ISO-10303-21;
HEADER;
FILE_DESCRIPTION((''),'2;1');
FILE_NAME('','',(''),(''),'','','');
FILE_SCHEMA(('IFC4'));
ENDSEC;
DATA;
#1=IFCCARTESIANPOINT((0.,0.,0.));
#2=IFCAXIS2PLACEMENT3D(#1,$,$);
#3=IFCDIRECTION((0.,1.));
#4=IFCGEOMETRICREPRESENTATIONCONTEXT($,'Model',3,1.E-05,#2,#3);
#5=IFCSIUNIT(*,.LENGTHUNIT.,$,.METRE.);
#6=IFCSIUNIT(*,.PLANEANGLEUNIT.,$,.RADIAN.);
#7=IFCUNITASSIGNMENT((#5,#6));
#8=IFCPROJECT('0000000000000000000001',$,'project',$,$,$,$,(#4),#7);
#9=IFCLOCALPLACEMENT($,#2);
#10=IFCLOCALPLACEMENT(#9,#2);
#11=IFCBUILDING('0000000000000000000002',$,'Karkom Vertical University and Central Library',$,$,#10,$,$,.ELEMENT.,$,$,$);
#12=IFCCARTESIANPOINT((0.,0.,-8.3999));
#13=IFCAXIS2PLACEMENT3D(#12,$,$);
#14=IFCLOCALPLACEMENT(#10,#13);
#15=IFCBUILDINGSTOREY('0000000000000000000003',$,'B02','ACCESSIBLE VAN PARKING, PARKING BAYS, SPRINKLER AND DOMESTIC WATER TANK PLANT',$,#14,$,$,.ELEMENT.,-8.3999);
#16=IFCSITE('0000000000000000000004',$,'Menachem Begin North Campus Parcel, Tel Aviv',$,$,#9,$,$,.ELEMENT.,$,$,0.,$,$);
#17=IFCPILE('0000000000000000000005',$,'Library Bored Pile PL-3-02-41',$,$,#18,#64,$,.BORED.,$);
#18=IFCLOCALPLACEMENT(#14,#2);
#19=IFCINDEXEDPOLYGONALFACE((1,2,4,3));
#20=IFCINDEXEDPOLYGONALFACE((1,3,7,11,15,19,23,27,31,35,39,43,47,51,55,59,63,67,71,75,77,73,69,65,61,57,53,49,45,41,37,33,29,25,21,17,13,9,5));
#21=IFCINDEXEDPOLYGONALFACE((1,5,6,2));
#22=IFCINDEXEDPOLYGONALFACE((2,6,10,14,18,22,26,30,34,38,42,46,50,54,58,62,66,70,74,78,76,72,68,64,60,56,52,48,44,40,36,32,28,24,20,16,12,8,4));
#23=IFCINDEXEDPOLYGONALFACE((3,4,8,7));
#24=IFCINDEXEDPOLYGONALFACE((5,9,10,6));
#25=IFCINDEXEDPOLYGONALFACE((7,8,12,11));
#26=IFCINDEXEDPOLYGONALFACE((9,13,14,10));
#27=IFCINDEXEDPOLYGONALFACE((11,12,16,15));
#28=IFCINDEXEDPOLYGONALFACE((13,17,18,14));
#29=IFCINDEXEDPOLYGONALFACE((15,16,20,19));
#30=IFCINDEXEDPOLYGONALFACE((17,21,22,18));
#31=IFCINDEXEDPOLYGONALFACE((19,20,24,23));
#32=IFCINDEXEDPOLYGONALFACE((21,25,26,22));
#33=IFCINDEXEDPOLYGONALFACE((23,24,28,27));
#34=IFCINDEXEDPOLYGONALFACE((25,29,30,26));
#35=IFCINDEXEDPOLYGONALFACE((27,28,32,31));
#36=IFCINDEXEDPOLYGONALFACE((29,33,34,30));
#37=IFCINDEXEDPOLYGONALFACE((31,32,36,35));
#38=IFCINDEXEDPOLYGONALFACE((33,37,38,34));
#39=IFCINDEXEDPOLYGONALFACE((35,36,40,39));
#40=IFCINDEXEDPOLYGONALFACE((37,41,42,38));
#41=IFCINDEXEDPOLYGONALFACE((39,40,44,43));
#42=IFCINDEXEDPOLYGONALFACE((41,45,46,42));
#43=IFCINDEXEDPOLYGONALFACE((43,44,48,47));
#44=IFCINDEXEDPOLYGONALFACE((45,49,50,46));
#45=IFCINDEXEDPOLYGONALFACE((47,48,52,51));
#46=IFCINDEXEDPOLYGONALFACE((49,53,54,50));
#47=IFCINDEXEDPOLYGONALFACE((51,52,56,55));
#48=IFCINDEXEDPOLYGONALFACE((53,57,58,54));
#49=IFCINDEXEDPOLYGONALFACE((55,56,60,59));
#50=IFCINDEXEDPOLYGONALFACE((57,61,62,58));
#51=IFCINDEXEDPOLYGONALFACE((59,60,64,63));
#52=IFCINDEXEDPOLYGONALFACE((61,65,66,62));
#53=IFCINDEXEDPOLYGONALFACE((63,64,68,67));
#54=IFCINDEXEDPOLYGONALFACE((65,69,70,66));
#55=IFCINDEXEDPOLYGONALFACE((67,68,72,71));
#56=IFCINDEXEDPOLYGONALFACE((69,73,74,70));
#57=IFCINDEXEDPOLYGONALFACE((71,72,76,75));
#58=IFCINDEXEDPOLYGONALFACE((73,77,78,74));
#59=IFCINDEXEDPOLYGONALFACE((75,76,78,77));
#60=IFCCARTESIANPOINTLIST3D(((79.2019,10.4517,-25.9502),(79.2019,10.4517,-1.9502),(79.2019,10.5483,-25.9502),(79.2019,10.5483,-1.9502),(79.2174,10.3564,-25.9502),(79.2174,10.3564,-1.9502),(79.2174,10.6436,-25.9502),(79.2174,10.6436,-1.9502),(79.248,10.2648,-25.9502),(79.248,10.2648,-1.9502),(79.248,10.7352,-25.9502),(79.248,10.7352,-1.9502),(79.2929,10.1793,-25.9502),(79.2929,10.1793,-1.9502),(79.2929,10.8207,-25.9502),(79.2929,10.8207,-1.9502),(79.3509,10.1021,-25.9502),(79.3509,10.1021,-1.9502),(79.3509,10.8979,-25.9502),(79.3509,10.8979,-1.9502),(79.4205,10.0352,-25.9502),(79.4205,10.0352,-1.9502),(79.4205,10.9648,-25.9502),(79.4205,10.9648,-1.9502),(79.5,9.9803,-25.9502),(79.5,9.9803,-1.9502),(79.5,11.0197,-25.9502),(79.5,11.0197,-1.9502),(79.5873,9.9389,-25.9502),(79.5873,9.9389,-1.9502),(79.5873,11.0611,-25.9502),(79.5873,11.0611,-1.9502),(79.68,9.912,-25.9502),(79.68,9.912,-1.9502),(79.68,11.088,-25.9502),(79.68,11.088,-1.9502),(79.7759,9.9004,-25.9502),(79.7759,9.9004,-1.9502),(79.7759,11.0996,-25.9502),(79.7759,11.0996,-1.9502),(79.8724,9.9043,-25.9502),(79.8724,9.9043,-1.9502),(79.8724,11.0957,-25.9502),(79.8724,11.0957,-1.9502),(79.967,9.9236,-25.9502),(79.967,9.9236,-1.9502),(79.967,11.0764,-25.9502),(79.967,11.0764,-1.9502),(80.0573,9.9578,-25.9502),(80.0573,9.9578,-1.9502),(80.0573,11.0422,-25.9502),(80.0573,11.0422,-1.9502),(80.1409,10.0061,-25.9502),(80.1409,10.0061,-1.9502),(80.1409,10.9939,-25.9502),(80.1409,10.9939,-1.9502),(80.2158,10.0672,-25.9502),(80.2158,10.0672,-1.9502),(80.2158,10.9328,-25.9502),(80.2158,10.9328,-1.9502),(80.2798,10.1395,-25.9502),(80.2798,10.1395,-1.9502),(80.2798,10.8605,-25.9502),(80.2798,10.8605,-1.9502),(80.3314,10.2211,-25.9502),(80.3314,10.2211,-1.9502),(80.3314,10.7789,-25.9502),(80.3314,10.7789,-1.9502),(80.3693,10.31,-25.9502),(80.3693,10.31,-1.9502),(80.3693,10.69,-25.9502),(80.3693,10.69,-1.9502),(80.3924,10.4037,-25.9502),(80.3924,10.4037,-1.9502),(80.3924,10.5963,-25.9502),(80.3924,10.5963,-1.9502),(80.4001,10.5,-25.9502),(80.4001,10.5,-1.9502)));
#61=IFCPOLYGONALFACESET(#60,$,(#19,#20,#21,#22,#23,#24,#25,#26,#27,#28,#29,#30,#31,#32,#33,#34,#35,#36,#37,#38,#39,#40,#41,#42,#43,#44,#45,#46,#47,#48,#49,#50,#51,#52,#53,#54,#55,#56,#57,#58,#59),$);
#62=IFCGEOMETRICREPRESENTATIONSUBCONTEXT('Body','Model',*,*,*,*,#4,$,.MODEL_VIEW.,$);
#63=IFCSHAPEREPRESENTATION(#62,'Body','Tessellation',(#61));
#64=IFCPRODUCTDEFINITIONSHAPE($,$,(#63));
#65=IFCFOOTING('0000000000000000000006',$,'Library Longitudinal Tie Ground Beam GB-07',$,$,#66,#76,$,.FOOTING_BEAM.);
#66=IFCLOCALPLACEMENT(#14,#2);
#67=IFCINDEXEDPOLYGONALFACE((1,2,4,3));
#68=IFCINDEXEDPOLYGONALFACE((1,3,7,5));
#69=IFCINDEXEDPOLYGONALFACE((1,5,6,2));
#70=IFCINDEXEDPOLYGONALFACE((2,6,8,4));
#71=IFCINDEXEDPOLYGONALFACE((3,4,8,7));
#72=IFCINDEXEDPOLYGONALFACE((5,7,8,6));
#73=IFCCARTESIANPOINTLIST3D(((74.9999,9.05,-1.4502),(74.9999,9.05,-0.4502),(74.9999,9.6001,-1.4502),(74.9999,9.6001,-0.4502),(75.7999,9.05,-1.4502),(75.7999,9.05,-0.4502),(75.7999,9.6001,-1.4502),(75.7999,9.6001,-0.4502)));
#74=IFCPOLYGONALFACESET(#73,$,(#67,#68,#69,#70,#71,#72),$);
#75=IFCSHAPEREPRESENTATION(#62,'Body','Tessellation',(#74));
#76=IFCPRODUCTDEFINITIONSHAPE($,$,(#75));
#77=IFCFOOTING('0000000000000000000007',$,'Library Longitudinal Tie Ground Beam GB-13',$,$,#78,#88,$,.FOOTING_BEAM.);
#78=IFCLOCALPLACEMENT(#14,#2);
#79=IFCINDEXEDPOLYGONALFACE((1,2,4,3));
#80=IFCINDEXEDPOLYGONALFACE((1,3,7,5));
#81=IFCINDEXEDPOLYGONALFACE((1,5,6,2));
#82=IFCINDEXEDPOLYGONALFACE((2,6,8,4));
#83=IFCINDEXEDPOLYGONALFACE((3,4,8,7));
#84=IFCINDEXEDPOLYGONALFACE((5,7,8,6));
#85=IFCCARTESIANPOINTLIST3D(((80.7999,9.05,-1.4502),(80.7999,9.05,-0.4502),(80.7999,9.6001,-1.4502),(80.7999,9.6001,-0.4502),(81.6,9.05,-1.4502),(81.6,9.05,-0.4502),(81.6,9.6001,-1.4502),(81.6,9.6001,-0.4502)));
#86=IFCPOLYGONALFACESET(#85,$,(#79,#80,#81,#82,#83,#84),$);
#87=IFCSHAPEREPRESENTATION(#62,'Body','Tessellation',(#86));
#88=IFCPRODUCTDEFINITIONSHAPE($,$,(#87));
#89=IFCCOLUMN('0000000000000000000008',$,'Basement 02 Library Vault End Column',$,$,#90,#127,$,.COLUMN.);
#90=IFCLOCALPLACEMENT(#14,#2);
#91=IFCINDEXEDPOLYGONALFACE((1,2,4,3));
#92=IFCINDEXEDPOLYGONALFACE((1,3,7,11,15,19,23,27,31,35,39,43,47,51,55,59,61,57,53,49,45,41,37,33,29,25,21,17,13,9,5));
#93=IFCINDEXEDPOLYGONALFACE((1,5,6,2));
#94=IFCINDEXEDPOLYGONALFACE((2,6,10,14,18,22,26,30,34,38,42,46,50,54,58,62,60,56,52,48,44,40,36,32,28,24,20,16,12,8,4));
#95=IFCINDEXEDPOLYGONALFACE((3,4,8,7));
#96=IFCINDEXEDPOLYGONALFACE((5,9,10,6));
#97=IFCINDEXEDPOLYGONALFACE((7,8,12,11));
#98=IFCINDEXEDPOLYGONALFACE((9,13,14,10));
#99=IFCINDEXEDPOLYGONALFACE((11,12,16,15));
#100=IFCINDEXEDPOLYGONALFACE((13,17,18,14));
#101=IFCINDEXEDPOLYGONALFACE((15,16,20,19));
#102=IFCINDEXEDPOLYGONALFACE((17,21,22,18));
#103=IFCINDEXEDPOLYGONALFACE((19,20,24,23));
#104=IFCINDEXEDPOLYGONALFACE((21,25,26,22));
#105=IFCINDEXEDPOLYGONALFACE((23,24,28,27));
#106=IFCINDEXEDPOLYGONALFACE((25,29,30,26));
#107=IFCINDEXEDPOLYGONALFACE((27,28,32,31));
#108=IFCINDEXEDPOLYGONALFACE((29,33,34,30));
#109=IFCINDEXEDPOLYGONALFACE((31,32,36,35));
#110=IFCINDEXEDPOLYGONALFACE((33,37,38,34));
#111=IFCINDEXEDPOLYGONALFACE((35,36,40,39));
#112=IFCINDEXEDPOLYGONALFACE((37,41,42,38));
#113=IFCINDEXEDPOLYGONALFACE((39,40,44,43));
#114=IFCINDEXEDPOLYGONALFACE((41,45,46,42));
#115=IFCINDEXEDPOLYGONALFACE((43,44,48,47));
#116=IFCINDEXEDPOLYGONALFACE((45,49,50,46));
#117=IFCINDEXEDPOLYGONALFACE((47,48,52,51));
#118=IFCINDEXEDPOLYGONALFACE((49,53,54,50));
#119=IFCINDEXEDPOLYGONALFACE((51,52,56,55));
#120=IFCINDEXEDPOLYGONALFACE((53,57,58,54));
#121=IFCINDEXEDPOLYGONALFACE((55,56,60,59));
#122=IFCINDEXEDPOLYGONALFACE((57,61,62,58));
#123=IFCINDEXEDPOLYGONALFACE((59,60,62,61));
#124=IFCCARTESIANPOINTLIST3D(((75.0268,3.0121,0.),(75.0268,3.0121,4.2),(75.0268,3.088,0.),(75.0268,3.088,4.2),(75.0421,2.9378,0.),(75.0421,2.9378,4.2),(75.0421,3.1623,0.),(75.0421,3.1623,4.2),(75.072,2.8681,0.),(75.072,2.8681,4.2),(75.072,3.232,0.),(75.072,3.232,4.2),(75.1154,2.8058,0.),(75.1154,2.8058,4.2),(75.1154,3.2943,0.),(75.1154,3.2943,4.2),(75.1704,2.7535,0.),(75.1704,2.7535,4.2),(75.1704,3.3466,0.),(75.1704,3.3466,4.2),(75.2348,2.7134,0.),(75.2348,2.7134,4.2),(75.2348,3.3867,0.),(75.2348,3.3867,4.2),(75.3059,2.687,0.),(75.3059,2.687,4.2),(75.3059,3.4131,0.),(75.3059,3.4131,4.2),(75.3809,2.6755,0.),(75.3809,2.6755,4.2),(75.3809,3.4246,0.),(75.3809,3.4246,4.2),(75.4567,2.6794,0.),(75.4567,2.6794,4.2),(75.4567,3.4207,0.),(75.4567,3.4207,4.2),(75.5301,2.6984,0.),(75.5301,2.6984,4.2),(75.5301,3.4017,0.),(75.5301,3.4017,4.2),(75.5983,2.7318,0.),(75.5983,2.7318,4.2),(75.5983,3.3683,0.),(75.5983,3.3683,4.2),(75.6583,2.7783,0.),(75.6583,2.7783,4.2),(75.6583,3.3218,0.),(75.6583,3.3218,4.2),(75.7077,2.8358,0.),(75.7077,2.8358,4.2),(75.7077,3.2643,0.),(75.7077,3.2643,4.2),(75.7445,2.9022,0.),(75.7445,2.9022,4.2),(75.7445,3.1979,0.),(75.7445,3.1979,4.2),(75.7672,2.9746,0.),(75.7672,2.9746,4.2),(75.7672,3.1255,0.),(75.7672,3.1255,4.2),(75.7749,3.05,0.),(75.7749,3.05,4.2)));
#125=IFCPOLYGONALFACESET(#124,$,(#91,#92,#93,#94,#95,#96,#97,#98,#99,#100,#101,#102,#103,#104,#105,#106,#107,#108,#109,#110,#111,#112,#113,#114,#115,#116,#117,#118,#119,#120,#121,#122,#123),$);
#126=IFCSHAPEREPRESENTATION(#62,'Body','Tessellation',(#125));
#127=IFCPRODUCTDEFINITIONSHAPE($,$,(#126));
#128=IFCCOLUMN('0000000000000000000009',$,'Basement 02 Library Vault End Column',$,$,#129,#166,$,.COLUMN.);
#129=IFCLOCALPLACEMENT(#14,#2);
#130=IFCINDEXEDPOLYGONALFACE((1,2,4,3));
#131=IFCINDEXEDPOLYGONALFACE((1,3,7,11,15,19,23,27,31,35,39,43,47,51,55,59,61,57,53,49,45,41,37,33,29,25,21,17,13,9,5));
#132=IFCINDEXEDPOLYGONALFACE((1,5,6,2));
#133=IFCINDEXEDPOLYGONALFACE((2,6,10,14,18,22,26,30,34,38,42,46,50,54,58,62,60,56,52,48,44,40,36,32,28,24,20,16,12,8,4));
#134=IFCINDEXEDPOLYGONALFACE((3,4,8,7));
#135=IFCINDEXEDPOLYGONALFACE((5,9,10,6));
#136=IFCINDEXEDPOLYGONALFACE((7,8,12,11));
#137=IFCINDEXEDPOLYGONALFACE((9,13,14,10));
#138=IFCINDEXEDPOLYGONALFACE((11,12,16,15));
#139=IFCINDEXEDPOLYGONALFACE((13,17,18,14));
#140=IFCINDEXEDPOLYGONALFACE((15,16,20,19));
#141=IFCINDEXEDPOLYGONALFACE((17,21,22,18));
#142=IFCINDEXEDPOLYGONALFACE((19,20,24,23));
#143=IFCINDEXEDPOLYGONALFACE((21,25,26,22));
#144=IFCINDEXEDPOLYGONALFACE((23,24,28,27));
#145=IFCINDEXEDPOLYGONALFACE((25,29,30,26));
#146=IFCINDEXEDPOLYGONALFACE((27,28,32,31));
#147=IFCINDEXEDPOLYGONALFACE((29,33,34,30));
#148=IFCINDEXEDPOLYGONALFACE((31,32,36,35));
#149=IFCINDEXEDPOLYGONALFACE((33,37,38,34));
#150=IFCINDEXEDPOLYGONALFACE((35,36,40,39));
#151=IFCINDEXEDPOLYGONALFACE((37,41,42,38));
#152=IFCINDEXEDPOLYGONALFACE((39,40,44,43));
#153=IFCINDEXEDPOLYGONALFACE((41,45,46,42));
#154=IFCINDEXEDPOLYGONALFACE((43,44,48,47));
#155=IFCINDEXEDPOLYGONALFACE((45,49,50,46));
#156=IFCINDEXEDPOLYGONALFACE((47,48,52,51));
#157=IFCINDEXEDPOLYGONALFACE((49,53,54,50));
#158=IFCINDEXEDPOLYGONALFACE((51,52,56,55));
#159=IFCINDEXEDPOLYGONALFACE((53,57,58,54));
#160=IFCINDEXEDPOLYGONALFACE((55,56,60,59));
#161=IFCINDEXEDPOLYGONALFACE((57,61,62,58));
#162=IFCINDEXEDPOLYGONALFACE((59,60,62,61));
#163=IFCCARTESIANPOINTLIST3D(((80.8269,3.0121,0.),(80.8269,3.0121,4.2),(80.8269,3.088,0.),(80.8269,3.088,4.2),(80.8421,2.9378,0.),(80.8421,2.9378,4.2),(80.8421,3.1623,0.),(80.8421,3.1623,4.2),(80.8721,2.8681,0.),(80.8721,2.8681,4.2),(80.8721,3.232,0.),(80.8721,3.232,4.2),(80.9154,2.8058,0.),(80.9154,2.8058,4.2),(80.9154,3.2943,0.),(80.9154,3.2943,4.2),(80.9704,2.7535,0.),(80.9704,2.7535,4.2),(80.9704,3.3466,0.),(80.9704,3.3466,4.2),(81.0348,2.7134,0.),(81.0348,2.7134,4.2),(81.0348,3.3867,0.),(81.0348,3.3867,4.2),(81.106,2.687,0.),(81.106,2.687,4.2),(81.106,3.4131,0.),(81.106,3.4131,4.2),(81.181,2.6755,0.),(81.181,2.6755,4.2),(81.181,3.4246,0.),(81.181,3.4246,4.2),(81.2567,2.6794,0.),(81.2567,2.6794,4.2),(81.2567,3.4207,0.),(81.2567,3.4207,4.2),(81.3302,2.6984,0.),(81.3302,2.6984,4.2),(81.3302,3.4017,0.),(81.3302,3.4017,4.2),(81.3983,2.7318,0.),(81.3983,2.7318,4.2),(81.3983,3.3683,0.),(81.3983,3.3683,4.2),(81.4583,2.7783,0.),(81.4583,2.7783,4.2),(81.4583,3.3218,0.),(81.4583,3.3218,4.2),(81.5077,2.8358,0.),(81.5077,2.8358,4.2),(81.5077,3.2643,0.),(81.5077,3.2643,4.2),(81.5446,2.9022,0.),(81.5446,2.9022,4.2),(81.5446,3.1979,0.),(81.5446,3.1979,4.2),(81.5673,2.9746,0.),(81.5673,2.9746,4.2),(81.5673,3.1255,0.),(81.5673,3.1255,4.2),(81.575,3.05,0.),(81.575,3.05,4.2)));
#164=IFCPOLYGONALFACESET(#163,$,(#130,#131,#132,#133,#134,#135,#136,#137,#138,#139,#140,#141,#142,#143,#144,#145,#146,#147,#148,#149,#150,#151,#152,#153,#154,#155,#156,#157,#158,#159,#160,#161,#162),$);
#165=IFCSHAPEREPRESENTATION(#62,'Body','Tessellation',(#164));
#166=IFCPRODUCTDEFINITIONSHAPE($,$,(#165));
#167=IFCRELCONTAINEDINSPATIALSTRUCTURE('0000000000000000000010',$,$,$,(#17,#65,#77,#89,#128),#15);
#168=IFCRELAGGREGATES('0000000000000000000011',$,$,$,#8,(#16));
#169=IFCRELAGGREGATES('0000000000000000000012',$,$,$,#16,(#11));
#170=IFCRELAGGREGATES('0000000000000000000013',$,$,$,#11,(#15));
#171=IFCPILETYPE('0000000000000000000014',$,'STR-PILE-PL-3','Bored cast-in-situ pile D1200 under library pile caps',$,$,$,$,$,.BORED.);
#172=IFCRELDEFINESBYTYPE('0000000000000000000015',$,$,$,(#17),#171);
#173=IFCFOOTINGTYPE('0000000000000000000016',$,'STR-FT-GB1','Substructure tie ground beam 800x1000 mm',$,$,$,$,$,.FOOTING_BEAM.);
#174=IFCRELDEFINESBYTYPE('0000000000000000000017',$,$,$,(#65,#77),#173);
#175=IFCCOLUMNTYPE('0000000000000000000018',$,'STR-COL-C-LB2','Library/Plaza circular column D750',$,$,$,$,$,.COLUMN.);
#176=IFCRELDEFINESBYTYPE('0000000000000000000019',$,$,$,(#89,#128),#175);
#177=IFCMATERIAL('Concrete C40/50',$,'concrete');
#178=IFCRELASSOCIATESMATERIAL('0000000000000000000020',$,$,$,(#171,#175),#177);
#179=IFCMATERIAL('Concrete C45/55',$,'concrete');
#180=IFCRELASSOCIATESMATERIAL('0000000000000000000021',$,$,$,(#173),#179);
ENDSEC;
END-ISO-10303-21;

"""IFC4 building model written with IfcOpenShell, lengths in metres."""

from ifc_helpers import new_model, si_unit, direction, frame, origin, origin_with_axes, origin_2d, place, context, subcontext, project, spatial, rectangle, circle, extrude, source, transform, mapped, material, material_profile, profile_set, type_object, element, save


model = new_model("IFC4")

# Units and contexts
model_context = context("Model", 3, precision=1e-05, world=origin(), true_north=direction((0.0, 1.0)))
body_context = subcontext(model_context, "Body", "Model", "MODEL_VIEW")
ifc_project = project(units=[si_unit("LENGTHUNIT", "METRE"), si_unit("PLANEANGLEUNIT", "RADIAN")], contexts=[model_context])

# Site, building, storey
site_placement = place(None, origin())
site = spatial("IfcSite", under=ifc_project, at=site_placement, Name="Menachem Begin North Campus Parcel, Tel Aviv", CompositionType="ELEMENT", RefElevation=0.0)
building_placement = place(site_placement, origin())
building = spatial("IfcBuilding", under=site, at=building_placement, Name="Karkom Vertical University and Central Library", CompositionType="ELEMENT")
storey_placement = place(building_placement, frame((0.0, 0.0, -8.3999)))
storey = spatial("IfcBuildingStorey", under=building, at=storey_placement, Name="B02", Description="ACCESSIBLE VAN PARKING, PARKING BAYS, SPRINKLER AND DOMESTIC WATER TANK PLANT", CompositionType="ELEMENT", Elevation=-8.3999)

# Pile
ifc_material_1 = material(Name="Concrete C40/50", Category="concrete")
ifc_material_profile_1 = material_profile(ifc_material_1, circle(Radius=0.6001, at=origin_2d()), Name="PILE-D1200")
ifc_profile_set_1 = profile_set([ifc_material_profile_1], Name="Concrete C40/50")
pile_type = type_object("IfcPileType", Name="STR-PILE-PL-3", Description="Bored cast-in-situ pile D1200 under library pile caps", PredefinedType="BORED", material=ifc_profile_set_1)
shared_shape_1 = source(origin_with_axes(), body_context, "Body", "SweptSolid", [
    extrude(circle(Radius=0.6001, at=origin_2d()), origin(), (0.0, 0.0, 1.0), 24.0),
])
for number, where, z_axis, x_axis, name in (
    (1, (79.8, 10.5, -1.9502), (0.0, 0.0, -1.0), (1.0, 0.0, 0.0), "Library Bored Pile PL-3-02-41"),
):
    element("IfcPile", number, at=place(storey_placement, frame(where, z_axis=z_axis, x_axis=x_axis)), inside=storey, type_object=pile_type, Name=name, PredefinedType="BORED", context=body_context, shape_type="MappedRepresentation", body=[
        mapped(shared_shape_1, transform((0.0, 0.0, 0.0), scale=1.0)),
    ])

# Footings
ifc_material_2 = material(Name="Concrete C45/55", Category="concrete")
ifc_material_profile_2 = material_profile(ifc_material_2, rectangle(XDim=0.8, YDim=1.0, at=origin_2d()), Name="GB-800x1000")
ifc_profile_set_2 = profile_set([ifc_material_profile_2], Name="Concrete C45/55")
footing_type = type_object("IfcFootingType", Name="STR-FT-GB1", Description="Substructure tie ground beam 800x1000 mm", PredefinedType="FOOTING_BEAM", material=ifc_profile_set_2)
shared_shape_2 = source(origin_with_axes(), body_context, "Body", "SweptSolid", [
    extrude(rectangle(XDim=0.8, YDim=1.0, at=origin_2d()), origin(), (0.0, 0.0, 1.0), 0.55),
])
for number, where, z_axis, x_axis, name in (
    (2, (75.3999, 9.05, -0.9502), (0.0, 1.0, 0.0), (-1.0, 0.0, 0.0), "Library Longitudinal Tie Ground Beam GB-07"),
    (3, (81.2, 9.05, -0.9502), (0.0, 1.0, 0.0), (-1.0, 0.0, 0.0), "Library Longitudinal Tie Ground Beam GB-13"),
):
    element("IfcFooting", number, at=place(storey_placement, frame(where, z_axis=z_axis, x_axis=x_axis)), inside=storey, type_object=footing_type, Name=name, PredefinedType="FOOTING_BEAM", context=body_context, shape_type="MappedRepresentation", body=[
        mapped(shared_shape_2, transform((0.0, 0.0, 0.0), scale=1.0)),
    ])

# Columns
ifc_material_profile_3 = material_profile(ifc_material_1, circle(Radius=0.375, at=origin_2d()), Name="RC-D750")
ifc_profile_set_3 = profile_set([ifc_material_profile_3], Name="Concrete C40/50")
column_type_1 = type_object("IfcColumnType", Name="STR-COL-C-LB2", Description="Library/Plaza circular column D750", PredefinedType="COLUMN", material=ifc_profile_set_3)
shared_shape_3 = source(origin_with_axes(), body_context, "Body", "SweptSolid", [
    extrude(circle(Radius=0.375, at=origin_2d()), origin(), (0.0, 0.0, 1.0), 4.2),
])
for number, where, z_axis, x_axis, name in (
    (4, (75.3999, 3.05, 0.0), (0.0, 0.0, 1.0), (1.0, 0.0, 0.0), "Basement 02 Library Vault End Column"),
    (5, (81.2, 3.05, 0.0), (0.0, 0.0, 1.0), (1.0, 0.0, 0.0), "Basement 02 Library Vault End Column"),
):
    element("IfcColumn", number, at=place(storey_placement, frame(where, z_axis=z_axis, x_axis=x_axis)), inside=storey, type_object=column_type_1, Name=name, PredefinedType="COLUMN", context=body_context, shape_type="MappedRepresentation", body=[
        mapped(shared_shape_3, transform((0.0, 0.0, 0.0), scale=1.0)),
    ])

save(model, "model.ifc")
